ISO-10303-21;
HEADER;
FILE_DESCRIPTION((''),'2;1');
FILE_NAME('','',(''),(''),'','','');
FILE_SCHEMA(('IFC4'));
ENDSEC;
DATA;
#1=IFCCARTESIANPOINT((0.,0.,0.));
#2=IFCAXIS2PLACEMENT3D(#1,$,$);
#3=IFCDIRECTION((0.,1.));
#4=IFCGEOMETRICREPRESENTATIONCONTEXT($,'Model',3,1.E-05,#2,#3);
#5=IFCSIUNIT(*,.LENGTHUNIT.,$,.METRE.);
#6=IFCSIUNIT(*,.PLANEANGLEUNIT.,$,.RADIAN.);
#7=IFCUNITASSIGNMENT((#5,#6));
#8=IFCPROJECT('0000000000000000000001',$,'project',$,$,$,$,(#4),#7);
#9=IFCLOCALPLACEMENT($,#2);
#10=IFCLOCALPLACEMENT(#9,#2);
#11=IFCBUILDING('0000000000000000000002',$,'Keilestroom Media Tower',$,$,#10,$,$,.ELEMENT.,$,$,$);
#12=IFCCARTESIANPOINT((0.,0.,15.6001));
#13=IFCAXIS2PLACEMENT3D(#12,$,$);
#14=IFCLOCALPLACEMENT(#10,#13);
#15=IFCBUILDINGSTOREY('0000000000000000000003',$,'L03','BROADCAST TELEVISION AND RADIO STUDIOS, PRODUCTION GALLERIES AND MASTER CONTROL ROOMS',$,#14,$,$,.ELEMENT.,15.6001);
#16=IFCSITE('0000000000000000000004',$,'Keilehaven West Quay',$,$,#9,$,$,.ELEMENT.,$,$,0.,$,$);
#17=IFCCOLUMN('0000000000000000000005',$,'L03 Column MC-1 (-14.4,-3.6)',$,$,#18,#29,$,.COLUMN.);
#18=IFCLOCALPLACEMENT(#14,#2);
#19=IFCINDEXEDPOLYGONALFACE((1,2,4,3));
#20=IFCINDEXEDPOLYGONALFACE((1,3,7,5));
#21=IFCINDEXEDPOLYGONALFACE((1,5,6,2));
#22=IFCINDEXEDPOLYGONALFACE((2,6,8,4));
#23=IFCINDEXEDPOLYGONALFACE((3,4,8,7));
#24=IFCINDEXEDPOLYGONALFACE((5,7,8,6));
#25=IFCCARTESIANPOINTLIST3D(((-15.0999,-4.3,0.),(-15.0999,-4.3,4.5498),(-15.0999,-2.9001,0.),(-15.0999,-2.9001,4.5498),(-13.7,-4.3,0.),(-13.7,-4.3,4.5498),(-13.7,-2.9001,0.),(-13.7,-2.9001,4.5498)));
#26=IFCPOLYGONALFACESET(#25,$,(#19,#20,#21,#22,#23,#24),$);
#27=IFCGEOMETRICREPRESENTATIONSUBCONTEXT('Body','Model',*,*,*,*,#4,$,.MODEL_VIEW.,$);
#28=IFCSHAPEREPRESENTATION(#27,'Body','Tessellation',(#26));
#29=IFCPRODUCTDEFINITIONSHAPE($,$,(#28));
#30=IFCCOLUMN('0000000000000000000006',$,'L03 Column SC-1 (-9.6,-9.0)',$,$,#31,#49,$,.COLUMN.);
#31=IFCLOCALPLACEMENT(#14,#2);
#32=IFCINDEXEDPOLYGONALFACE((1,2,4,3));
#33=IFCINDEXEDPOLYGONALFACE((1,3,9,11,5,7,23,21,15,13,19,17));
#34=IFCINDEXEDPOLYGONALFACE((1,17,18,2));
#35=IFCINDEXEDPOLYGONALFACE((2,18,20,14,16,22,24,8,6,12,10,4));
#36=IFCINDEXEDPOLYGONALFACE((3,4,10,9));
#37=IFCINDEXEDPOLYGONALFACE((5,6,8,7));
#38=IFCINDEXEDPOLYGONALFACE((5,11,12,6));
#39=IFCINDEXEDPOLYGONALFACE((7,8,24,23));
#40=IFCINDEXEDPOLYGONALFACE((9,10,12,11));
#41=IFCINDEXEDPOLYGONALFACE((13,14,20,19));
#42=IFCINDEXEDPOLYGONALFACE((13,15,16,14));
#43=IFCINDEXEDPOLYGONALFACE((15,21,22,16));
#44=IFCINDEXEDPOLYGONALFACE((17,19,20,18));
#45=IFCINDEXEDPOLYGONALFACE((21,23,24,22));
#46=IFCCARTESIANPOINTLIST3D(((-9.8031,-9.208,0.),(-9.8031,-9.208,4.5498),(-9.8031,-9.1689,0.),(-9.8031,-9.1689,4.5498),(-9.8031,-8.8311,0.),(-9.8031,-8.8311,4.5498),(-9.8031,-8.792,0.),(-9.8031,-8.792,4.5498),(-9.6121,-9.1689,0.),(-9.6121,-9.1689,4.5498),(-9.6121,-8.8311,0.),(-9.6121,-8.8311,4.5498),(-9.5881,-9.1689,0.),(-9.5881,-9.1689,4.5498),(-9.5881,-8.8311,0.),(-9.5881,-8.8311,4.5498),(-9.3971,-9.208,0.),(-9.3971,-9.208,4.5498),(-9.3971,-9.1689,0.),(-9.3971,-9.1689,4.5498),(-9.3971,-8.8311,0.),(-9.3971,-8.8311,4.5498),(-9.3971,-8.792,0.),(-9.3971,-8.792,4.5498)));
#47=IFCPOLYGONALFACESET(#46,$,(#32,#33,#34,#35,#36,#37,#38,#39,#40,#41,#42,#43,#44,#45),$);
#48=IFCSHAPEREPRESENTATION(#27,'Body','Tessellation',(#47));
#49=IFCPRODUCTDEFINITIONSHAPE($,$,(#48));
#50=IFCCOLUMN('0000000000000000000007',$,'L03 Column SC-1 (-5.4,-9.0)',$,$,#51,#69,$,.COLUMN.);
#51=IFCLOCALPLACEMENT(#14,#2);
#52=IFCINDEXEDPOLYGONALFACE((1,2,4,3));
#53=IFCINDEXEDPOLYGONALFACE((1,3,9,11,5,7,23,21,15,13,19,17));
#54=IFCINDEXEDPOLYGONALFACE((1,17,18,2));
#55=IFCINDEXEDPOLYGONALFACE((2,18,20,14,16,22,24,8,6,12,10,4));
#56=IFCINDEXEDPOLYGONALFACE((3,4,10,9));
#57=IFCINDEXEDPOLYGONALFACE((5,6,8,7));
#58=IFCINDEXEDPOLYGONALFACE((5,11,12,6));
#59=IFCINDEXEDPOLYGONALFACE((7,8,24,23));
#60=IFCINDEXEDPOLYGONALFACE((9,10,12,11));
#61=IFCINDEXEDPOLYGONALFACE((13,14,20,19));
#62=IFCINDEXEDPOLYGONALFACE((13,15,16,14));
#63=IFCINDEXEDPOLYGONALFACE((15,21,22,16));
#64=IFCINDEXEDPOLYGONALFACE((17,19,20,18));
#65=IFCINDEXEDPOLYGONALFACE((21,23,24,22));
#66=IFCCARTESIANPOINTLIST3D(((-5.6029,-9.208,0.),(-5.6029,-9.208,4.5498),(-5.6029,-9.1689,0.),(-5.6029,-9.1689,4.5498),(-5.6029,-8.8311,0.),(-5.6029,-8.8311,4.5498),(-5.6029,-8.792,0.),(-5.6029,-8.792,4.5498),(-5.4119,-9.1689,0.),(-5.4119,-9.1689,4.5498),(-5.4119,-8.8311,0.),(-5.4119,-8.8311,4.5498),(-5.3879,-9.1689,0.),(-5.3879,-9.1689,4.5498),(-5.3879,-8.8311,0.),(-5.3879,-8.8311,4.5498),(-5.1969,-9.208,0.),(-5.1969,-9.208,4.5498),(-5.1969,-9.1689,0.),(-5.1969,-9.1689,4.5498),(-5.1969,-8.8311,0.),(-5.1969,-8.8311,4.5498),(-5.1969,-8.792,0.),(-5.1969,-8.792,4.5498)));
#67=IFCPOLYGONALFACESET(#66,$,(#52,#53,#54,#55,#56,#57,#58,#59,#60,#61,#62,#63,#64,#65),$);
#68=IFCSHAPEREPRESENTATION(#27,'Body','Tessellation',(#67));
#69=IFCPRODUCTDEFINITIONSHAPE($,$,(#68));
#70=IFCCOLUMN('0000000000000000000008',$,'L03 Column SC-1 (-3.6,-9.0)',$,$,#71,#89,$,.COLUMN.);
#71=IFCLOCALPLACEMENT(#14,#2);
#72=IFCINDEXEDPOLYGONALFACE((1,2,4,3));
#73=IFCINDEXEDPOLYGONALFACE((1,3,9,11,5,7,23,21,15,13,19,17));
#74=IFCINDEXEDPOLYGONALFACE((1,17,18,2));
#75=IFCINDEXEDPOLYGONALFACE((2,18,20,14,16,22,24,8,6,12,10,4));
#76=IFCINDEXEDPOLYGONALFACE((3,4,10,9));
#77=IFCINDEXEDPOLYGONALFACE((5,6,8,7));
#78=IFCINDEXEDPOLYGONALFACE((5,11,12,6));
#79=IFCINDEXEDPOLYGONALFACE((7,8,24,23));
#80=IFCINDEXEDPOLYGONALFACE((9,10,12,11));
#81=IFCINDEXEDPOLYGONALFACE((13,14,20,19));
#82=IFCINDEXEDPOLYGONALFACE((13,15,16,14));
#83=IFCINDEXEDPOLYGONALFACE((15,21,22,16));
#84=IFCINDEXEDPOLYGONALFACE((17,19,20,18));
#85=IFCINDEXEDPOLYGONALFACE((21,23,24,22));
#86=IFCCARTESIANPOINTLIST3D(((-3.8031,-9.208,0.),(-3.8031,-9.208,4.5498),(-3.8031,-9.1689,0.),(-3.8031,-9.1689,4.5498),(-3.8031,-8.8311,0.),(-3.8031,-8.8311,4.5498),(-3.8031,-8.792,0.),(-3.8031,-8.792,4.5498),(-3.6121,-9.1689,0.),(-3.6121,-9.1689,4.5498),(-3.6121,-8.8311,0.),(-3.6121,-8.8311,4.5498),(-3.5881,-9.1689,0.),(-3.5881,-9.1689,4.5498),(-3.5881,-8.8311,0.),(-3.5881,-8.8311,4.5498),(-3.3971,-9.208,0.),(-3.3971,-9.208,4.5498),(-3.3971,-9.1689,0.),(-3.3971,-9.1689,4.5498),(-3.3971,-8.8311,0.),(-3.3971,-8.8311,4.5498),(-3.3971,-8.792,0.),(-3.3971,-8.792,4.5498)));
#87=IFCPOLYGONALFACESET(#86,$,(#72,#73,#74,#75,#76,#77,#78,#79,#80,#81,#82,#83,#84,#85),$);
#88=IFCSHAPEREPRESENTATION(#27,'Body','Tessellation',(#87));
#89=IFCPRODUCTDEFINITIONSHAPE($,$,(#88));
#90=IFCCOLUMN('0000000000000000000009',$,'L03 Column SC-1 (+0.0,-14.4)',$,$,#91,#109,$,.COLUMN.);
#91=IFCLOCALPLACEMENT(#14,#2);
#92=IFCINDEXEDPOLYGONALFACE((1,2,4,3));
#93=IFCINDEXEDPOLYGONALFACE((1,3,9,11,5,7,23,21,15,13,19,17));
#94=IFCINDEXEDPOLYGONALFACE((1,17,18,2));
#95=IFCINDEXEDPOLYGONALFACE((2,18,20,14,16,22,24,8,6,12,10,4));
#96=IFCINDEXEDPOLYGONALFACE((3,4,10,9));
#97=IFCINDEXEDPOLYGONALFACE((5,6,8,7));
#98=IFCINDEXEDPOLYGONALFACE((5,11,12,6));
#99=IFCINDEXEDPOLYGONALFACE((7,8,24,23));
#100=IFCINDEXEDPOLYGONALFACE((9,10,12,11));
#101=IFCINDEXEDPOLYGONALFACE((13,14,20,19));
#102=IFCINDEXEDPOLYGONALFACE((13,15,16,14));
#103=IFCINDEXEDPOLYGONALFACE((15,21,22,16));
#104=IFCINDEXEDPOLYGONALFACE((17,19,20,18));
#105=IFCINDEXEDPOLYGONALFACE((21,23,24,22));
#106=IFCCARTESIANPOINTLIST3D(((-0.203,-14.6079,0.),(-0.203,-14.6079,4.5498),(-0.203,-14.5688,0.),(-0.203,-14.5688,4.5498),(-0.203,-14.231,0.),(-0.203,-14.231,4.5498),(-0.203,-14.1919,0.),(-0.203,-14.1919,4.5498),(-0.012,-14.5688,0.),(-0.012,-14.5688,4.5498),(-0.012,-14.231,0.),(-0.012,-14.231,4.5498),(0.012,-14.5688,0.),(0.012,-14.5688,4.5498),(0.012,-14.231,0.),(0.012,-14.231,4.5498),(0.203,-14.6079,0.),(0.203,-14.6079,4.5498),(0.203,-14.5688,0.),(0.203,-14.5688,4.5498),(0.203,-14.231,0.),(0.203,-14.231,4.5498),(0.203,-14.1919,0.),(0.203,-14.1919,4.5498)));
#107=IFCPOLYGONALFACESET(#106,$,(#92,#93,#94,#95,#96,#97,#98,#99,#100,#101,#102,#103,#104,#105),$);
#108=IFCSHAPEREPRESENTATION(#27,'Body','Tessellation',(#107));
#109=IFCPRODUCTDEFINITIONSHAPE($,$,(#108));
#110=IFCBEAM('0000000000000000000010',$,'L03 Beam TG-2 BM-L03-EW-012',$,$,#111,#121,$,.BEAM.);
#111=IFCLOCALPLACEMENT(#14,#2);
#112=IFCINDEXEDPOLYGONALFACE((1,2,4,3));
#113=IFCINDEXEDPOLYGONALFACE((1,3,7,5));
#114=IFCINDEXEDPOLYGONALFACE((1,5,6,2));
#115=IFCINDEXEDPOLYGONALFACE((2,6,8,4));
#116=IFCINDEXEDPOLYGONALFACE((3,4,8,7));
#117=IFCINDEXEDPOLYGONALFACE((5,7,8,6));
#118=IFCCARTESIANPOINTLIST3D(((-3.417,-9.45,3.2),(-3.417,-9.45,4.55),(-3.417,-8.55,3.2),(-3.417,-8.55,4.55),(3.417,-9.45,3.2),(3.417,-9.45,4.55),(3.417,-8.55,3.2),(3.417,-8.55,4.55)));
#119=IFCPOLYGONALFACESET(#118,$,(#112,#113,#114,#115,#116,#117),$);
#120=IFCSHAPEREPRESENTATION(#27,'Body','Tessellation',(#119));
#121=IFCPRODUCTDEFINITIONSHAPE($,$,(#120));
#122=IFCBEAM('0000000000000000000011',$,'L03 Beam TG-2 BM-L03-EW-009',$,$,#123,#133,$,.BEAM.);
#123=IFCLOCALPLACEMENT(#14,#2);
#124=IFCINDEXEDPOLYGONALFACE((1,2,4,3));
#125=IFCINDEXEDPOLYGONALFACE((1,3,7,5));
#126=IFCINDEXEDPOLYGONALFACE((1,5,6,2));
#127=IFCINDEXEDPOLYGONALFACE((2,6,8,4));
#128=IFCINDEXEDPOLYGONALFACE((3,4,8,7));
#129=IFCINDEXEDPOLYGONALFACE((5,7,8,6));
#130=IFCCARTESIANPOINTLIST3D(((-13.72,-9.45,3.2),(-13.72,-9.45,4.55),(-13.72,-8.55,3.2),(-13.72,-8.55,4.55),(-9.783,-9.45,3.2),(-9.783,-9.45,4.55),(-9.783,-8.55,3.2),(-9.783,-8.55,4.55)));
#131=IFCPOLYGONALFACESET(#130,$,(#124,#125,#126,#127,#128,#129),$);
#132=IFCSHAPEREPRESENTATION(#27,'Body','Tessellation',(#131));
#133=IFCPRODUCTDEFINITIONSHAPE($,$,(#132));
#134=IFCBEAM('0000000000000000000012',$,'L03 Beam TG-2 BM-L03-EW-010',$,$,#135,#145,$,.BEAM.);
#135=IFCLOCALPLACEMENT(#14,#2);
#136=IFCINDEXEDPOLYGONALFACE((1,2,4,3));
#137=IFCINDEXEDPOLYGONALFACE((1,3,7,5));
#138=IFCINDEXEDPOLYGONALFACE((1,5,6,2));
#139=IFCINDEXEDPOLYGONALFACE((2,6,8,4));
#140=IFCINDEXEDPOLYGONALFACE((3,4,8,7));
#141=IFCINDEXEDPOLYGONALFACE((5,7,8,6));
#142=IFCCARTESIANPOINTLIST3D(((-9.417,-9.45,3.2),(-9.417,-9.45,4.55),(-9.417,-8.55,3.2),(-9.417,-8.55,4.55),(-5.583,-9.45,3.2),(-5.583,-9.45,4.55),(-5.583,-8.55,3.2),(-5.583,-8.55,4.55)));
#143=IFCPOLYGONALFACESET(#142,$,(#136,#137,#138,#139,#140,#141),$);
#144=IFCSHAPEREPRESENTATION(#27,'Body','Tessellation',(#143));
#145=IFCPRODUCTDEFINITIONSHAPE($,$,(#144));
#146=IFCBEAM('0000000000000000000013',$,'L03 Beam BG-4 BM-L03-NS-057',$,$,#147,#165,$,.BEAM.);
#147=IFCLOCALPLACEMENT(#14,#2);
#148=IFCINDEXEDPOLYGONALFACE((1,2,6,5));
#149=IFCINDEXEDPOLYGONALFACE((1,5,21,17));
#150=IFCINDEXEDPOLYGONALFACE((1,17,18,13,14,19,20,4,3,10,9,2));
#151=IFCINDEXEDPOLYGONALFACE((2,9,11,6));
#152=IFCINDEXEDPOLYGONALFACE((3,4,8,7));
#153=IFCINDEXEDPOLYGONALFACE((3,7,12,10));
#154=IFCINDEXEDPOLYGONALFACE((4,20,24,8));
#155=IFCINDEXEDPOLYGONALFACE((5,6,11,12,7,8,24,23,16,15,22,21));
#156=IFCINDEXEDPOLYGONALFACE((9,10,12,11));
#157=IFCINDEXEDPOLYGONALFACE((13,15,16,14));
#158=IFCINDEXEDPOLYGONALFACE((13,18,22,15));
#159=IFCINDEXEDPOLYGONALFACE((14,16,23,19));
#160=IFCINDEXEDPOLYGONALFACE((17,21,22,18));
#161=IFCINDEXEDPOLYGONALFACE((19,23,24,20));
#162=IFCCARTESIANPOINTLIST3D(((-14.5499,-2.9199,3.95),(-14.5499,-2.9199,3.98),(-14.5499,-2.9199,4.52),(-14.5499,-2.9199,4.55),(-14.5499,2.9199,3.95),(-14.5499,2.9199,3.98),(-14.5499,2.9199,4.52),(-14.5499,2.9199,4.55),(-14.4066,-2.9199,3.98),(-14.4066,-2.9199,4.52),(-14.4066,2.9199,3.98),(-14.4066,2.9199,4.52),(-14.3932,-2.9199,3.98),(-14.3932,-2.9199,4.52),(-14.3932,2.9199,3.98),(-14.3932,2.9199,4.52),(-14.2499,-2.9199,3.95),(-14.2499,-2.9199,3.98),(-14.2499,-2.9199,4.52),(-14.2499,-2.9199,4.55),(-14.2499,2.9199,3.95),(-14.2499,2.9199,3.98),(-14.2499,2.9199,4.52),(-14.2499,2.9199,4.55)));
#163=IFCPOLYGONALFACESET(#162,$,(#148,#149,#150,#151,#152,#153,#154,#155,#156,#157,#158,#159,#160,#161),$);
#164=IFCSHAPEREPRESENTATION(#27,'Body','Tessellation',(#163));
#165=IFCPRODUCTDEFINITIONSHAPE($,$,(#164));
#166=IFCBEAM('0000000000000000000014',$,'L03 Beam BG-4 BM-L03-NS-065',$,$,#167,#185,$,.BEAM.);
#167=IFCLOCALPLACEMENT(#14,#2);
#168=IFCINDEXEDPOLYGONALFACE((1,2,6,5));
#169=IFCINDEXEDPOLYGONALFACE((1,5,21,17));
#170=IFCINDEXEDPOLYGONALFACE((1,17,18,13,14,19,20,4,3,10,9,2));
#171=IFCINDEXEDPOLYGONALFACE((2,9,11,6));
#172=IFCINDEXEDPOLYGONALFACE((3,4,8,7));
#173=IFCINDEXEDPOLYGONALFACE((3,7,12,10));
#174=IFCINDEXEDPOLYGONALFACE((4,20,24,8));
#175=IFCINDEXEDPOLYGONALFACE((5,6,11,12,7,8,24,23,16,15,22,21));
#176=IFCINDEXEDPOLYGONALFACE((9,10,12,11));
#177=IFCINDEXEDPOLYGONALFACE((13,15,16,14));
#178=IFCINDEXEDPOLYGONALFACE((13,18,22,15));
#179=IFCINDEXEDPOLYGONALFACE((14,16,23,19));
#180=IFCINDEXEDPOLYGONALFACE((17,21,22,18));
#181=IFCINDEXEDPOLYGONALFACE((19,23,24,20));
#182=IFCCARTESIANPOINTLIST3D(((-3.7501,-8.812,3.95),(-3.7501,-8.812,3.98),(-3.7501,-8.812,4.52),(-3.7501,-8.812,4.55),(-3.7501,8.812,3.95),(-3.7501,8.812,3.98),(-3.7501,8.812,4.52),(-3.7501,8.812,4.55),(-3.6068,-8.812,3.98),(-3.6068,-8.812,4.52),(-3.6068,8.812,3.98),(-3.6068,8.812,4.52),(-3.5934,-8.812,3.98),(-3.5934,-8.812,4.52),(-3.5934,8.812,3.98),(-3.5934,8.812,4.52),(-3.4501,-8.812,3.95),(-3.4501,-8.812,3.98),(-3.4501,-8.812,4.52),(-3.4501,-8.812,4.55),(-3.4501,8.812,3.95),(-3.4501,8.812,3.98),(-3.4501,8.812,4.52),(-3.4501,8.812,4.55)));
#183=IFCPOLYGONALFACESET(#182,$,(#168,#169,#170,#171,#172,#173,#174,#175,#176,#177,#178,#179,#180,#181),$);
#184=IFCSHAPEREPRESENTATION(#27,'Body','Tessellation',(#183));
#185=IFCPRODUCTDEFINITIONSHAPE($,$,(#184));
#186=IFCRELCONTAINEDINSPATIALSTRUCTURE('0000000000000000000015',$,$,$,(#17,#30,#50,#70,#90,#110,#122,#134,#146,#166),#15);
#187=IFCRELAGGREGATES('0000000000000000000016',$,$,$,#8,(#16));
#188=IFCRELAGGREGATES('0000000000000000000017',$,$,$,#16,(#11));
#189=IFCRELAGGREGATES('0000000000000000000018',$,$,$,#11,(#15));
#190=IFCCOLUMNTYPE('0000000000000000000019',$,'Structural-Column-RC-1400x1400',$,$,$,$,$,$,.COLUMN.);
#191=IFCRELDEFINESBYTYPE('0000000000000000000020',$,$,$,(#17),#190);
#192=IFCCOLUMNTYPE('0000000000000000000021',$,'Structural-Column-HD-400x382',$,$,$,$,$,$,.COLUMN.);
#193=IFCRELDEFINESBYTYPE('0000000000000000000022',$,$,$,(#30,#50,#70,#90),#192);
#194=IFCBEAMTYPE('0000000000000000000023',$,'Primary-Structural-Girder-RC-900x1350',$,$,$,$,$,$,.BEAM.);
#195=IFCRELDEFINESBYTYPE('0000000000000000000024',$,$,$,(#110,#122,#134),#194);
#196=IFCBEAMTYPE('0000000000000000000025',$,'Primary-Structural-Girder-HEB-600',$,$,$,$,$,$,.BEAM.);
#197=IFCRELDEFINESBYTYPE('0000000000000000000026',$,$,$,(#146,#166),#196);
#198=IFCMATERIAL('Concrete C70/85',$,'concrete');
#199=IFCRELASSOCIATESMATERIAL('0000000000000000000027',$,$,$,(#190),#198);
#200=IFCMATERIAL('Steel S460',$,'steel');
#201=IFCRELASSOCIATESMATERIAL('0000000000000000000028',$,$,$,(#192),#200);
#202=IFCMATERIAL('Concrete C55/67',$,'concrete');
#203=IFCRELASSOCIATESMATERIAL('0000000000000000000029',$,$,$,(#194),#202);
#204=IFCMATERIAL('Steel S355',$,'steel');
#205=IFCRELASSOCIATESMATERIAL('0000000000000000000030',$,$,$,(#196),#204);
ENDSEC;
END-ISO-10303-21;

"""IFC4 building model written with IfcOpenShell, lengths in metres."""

from ifc_helpers import new_model, si_unit, direction, frame, origin, origin_2d, place, context, subcontext, project, spatial, rectangle, i_section, extrude, source, transform, mapped, material, material_profile, profile_set, type_object, element, save


model = new_model("IFC4")

# Units and contexts
model_context = context("Model", 3, precision=1e-05, world=origin(), true_north=direction((0.0, 1.0)))
body_context = subcontext(model_context, "Body", "Model", "MODEL_VIEW")
ifc_project = project(units=[si_unit("LENGTHUNIT", "METRE"), si_unit("PLANEANGLEUNIT", "RADIAN")], contexts=[model_context])

# Site, building, storey
site_placement = place(None, origin())
site = spatial("IfcSite", under=ifc_project, at=site_placement, Name="Keilehaven West Quay", CompositionType="ELEMENT", RefElevation=0.0)
building_placement = place(site_placement, origin())
building = spatial("IfcBuilding", under=site, at=building_placement, Name="Keilestroom Media Tower", CompositionType="ELEMENT")
storey_placement = place(building_placement, frame((0.0, 0.0, 15.6001)))
storey = spatial("IfcBuildingStorey", under=building, at=storey_placement, Name="L03", Description="BROADCAST TELEVISION AND RADIO STUDIOS, PRODUCTION GALLERIES AND MASTER CONTROL ROOMS", CompositionType="ELEMENT", Elevation=15.6001)

# Columns
ifc_material_1 = material(Name="Concrete C70/85", Category="concrete")
ifc_material_profile_1 = material_profile(ifc_material_1, rectangle(XDim=1.3999, YDim=1.3999, at=origin_2d()), Name="RC 1400x1400")
ifc_profile_set_1 = profile_set([ifc_material_profile_1], Name="Concrete C70/85")
column_type_1 = type_object("IfcColumnType", Name="Structural-Column-RC-1400x1400", PredefinedType="COLUMN", material=ifc_profile_set_1)
shared_shape_1 = source(origin(), body_context, "Body", "SweptSolid", [
    extrude(rectangle(XDim=1.3999, YDim=1.3999, at=origin_2d()), origin(), (0.0, 0.0, 1.0), 4.5498),
])
column_placement = place(storey_placement, frame((-14.3999, -3.6001, 0.0), z_axis=(0.0, 0.0, 1.0), x_axis=(1.0, 0.0, 0.0)))
element("IfcColumn", 1, at=column_placement, inside=storey, type_object=column_type_1, Name="L03 Column MC-1 (-14.4,-3.6)", PredefinedType="COLUMN", context=body_context, shape_type="MappedRepresentation", body=[
    mapped(shared_shape_1, transform((0.0, 0.0, 0.0), x_axis=(1.0, 0.0, 0.0), y_axis=(0.0, 1.0, 0.0), z_axis=(0.0, 0.0, 1.0), scale=1.0)),
])
ifc_material_2 = material(Name="Steel S460", Category="steel")
ifc_material_profile_2 = material_profile(ifc_material_2, i_section(OverallWidth=0.406, OverallDepth=0.416, WebThickness=0.0239, FlangeThickness=0.0391, at=origin_2d()), Name="HD 400x382")
ifc_profile_set_2 = profile_set([ifc_material_profile_2], Name="Steel S460")
column_type_2 = type_object("IfcColumnType", Name="Structural-Column-HD-400x382", PredefinedType="COLUMN", material=ifc_profile_set_2)
shared_shape_2 = source(origin(), body_context, "Body", "SweptSolid", [
    extrude(i_section(OverallWidth=0.406, OverallDepth=0.416, WebThickness=0.0239, FlangeThickness=0.0391, at=origin_2d()), origin(), (0.0, 0.0, 1.0), 4.5498),
])
for number, where, z_axis, x_axis, name in (
    (2, (-9.6001, -9.0, 0.0), (0.0, 0.0, 1.0), (1.0, 0.0, 0.0), "L03 Column SC-1 (-9.6,-9.0)"),
    (3, (-5.3999, -9.0, 0.0), (0.0, 0.0, 1.0), (1.0, 0.0, 0.0), "L03 Column SC-1 (-5.4,-9.0)"),
    (4, (-3.6001, -9.0, 0.0), (0.0, 0.0, 1.0), (1.0, 0.0, 0.0), "L03 Column SC-1 (-3.6,-9.0)"),
    (5, (0.0, -14.3999, 0.0), (0.0, 0.0, 1.0), (1.0, 0.0, 0.0), "L03 Column SC-1 (+0.0,-14.4)"),
):
    element("IfcColumn", number, at=place(storey_placement, frame(where, z_axis=z_axis, x_axis=x_axis)), inside=storey, type_object=column_type_2, Name=name, PredefinedType="COLUMN", context=body_context, shape_type="MappedRepresentation", body=[
        mapped(shared_shape_2, transform((0.0, 0.0, 0.0), x_axis=(1.0, 0.0, 0.0), y_axis=(0.0, 1.0, 0.0), z_axis=(0.0, 0.0, 1.0), scale=1.0)),
    ])

# Beams
ifc_material_3 = material(Name="Concrete C55/67", Category="concrete")
ifc_material_profile_3 = material_profile(ifc_material_3, rectangle(XDim=0.8999, YDim=1.3501, at=origin_2d()), Name="RC 900x1350")
ifc_profile_set_3 = profile_set([ifc_material_profile_3], Name="Concrete C55/67")
beam_type_1 = type_object("IfcBeamType", Name="Primary-Structural-Girder-RC-900x1350", PredefinedType="BEAM", material=ifc_profile_set_3)
shared_shape_3 = source(origin(), body_context, "Body", "SweptSolid", [
    extrude(rectangle(XDim=0.8999, YDim=1.3501, at=origin_2d()), origin(), (0.0, 0.0, 1.0), 6.834),
])
beam_1_placement = place(storey_placement, frame((-3.417, -9.0, 3.875), z_axis=(1.0, 0.0, 0.0), x_axis=(0.0, 1.0, 0.0)))
element("IfcBeam", 6, at=beam_1_placement, inside=storey, type_object=beam_type_1, Name="L03 Beam TG-2 BM-L03-EW-012", PredefinedType="BEAM", context=body_context, shape_type="MappedRepresentation", body=[
    mapped(shared_shape_3, transform((0.0, 0.0, 0.0), x_axis=(1.0, 0.0, 0.0), y_axis=(0.0, 1.0, 0.0), z_axis=(0.0, 0.0, 1.0), scale=1.0)),
])
shared_shape_4 = source(origin(), body_context, "Body", "SweptSolid", [
    extrude(rectangle(XDim=0.8999, YDim=1.3501, at=origin_2d()), origin(), (0.0, 0.0, 1.0), 3.937),
])
beam_2_placement = place(storey_placement, frame((-13.72, -9.0, 3.875), z_axis=(1.0, 0.0, 0.0), x_axis=(0.0, 1.0, 0.0)))
element("IfcBeam", 7, at=beam_2_placement, inside=storey, type_object=beam_type_1, Name="L03 Beam TG-2 BM-L03-EW-009", PredefinedType="BEAM", context=body_context, shape_type="MappedRepresentation", body=[
    mapped(shared_shape_4, transform((0.0, 0.0, 0.0), x_axis=(1.0, 0.0, 0.0), y_axis=(0.0, 1.0, 0.0), z_axis=(0.0, 0.0, 1.0), scale=1.0)),
])
shared_shape_5 = source(origin(), body_context, "Body", "SweptSolid", [
    extrude(rectangle(XDim=0.8999, YDim=1.3501, at=origin_2d()), origin(), (0.0, 0.0, 1.0), 3.834),
])
beam_3_placement = place(storey_placement, frame((-9.417, -9.0, 3.875), z_axis=(1.0, 0.0, 0.0), x_axis=(0.0, 1.0, 0.0)))
element("IfcBeam", 8, at=beam_3_placement, inside=storey, type_object=beam_type_1, Name="L03 Beam TG-2 BM-L03-EW-010", PredefinedType="BEAM", context=body_context, shape_type="MappedRepresentation", body=[
    mapped(shared_shape_5, transform((0.0, 0.0, 0.0), x_axis=(1.0, 0.0, 0.0), y_axis=(0.0, 1.0, 0.0), z_axis=(0.0, 0.0, 1.0), scale=1.0)),
])
ifc_material_4 = material(Name="Steel S355", Category="steel")
ifc_material_profile_4 = material_profile(ifc_material_4, i_section(OverallWidth=0.3, OverallDepth=0.6001, WebThickness=0.0134, FlangeThickness=0.03, at=origin_2d()), Name="HEB 600")
ifc_profile_set_4 = profile_set([ifc_material_profile_4], Name="Steel S355")
beam_type_2 = type_object("IfcBeamType", Name="Primary-Structural-Girder-HEB-600", PredefinedType="BEAM", material=ifc_profile_set_4)
shared_shape_6 = source(origin(), body_context, "Body", "SweptSolid", [
    extrude(i_section(OverallWidth=0.3, OverallDepth=0.6001, WebThickness=0.0134, FlangeThickness=0.03, at=origin_2d()), origin(), (0.0, 0.0, 1.0), 5.8398),
])
beam_4_placement = place(storey_placement, frame((-14.3999, -2.9199, 4.25), z_axis=(0.0, 1.0, 0.0), x_axis=(-1.0, 0.0, 0.0)))
element("IfcBeam", 9, at=beam_4_placement, inside=storey, type_object=beam_type_2, Name="L03 Beam BG-4 BM-L03-NS-057", PredefinedType="BEAM", context=body_context, shape_type="MappedRepresentation", body=[
    mapped(shared_shape_6, transform((0.0, 0.0, 0.0), x_axis=(1.0, 0.0, 0.0), y_axis=(0.0, 1.0, 0.0), z_axis=(0.0, 0.0, 1.0), scale=1.0)),
])
shared_shape_7 = source(origin(), body_context, "Body", "SweptSolid", [
    extrude(i_section(OverallWidth=0.3, OverallDepth=0.6001, WebThickness=0.0134, FlangeThickness=0.03, at=origin_2d()), origin(), (0.0, 0.0, 1.0), 17.624),
])
beam_5_placement = place(storey_placement, frame((-3.6001, -8.812, 4.25), z_axis=(0.0, 1.0, 0.0), x_axis=(-1.0, 0.0, 0.0)))
element("IfcBeam", 10, at=beam_5_placement, inside=storey, type_object=beam_type_2, Name="L03 Beam BG-4 BM-L03-NS-065", PredefinedType="BEAM", context=body_context, shape_type="MappedRepresentation", body=[
    mapped(shared_shape_7, transform((0.0, 0.0, 0.0), x_axis=(1.0, 0.0, 0.0), y_axis=(0.0, 1.0, 0.0), z_axis=(0.0, 0.0, 1.0), scale=1.0)),
])

save(model, "model.ifc")
